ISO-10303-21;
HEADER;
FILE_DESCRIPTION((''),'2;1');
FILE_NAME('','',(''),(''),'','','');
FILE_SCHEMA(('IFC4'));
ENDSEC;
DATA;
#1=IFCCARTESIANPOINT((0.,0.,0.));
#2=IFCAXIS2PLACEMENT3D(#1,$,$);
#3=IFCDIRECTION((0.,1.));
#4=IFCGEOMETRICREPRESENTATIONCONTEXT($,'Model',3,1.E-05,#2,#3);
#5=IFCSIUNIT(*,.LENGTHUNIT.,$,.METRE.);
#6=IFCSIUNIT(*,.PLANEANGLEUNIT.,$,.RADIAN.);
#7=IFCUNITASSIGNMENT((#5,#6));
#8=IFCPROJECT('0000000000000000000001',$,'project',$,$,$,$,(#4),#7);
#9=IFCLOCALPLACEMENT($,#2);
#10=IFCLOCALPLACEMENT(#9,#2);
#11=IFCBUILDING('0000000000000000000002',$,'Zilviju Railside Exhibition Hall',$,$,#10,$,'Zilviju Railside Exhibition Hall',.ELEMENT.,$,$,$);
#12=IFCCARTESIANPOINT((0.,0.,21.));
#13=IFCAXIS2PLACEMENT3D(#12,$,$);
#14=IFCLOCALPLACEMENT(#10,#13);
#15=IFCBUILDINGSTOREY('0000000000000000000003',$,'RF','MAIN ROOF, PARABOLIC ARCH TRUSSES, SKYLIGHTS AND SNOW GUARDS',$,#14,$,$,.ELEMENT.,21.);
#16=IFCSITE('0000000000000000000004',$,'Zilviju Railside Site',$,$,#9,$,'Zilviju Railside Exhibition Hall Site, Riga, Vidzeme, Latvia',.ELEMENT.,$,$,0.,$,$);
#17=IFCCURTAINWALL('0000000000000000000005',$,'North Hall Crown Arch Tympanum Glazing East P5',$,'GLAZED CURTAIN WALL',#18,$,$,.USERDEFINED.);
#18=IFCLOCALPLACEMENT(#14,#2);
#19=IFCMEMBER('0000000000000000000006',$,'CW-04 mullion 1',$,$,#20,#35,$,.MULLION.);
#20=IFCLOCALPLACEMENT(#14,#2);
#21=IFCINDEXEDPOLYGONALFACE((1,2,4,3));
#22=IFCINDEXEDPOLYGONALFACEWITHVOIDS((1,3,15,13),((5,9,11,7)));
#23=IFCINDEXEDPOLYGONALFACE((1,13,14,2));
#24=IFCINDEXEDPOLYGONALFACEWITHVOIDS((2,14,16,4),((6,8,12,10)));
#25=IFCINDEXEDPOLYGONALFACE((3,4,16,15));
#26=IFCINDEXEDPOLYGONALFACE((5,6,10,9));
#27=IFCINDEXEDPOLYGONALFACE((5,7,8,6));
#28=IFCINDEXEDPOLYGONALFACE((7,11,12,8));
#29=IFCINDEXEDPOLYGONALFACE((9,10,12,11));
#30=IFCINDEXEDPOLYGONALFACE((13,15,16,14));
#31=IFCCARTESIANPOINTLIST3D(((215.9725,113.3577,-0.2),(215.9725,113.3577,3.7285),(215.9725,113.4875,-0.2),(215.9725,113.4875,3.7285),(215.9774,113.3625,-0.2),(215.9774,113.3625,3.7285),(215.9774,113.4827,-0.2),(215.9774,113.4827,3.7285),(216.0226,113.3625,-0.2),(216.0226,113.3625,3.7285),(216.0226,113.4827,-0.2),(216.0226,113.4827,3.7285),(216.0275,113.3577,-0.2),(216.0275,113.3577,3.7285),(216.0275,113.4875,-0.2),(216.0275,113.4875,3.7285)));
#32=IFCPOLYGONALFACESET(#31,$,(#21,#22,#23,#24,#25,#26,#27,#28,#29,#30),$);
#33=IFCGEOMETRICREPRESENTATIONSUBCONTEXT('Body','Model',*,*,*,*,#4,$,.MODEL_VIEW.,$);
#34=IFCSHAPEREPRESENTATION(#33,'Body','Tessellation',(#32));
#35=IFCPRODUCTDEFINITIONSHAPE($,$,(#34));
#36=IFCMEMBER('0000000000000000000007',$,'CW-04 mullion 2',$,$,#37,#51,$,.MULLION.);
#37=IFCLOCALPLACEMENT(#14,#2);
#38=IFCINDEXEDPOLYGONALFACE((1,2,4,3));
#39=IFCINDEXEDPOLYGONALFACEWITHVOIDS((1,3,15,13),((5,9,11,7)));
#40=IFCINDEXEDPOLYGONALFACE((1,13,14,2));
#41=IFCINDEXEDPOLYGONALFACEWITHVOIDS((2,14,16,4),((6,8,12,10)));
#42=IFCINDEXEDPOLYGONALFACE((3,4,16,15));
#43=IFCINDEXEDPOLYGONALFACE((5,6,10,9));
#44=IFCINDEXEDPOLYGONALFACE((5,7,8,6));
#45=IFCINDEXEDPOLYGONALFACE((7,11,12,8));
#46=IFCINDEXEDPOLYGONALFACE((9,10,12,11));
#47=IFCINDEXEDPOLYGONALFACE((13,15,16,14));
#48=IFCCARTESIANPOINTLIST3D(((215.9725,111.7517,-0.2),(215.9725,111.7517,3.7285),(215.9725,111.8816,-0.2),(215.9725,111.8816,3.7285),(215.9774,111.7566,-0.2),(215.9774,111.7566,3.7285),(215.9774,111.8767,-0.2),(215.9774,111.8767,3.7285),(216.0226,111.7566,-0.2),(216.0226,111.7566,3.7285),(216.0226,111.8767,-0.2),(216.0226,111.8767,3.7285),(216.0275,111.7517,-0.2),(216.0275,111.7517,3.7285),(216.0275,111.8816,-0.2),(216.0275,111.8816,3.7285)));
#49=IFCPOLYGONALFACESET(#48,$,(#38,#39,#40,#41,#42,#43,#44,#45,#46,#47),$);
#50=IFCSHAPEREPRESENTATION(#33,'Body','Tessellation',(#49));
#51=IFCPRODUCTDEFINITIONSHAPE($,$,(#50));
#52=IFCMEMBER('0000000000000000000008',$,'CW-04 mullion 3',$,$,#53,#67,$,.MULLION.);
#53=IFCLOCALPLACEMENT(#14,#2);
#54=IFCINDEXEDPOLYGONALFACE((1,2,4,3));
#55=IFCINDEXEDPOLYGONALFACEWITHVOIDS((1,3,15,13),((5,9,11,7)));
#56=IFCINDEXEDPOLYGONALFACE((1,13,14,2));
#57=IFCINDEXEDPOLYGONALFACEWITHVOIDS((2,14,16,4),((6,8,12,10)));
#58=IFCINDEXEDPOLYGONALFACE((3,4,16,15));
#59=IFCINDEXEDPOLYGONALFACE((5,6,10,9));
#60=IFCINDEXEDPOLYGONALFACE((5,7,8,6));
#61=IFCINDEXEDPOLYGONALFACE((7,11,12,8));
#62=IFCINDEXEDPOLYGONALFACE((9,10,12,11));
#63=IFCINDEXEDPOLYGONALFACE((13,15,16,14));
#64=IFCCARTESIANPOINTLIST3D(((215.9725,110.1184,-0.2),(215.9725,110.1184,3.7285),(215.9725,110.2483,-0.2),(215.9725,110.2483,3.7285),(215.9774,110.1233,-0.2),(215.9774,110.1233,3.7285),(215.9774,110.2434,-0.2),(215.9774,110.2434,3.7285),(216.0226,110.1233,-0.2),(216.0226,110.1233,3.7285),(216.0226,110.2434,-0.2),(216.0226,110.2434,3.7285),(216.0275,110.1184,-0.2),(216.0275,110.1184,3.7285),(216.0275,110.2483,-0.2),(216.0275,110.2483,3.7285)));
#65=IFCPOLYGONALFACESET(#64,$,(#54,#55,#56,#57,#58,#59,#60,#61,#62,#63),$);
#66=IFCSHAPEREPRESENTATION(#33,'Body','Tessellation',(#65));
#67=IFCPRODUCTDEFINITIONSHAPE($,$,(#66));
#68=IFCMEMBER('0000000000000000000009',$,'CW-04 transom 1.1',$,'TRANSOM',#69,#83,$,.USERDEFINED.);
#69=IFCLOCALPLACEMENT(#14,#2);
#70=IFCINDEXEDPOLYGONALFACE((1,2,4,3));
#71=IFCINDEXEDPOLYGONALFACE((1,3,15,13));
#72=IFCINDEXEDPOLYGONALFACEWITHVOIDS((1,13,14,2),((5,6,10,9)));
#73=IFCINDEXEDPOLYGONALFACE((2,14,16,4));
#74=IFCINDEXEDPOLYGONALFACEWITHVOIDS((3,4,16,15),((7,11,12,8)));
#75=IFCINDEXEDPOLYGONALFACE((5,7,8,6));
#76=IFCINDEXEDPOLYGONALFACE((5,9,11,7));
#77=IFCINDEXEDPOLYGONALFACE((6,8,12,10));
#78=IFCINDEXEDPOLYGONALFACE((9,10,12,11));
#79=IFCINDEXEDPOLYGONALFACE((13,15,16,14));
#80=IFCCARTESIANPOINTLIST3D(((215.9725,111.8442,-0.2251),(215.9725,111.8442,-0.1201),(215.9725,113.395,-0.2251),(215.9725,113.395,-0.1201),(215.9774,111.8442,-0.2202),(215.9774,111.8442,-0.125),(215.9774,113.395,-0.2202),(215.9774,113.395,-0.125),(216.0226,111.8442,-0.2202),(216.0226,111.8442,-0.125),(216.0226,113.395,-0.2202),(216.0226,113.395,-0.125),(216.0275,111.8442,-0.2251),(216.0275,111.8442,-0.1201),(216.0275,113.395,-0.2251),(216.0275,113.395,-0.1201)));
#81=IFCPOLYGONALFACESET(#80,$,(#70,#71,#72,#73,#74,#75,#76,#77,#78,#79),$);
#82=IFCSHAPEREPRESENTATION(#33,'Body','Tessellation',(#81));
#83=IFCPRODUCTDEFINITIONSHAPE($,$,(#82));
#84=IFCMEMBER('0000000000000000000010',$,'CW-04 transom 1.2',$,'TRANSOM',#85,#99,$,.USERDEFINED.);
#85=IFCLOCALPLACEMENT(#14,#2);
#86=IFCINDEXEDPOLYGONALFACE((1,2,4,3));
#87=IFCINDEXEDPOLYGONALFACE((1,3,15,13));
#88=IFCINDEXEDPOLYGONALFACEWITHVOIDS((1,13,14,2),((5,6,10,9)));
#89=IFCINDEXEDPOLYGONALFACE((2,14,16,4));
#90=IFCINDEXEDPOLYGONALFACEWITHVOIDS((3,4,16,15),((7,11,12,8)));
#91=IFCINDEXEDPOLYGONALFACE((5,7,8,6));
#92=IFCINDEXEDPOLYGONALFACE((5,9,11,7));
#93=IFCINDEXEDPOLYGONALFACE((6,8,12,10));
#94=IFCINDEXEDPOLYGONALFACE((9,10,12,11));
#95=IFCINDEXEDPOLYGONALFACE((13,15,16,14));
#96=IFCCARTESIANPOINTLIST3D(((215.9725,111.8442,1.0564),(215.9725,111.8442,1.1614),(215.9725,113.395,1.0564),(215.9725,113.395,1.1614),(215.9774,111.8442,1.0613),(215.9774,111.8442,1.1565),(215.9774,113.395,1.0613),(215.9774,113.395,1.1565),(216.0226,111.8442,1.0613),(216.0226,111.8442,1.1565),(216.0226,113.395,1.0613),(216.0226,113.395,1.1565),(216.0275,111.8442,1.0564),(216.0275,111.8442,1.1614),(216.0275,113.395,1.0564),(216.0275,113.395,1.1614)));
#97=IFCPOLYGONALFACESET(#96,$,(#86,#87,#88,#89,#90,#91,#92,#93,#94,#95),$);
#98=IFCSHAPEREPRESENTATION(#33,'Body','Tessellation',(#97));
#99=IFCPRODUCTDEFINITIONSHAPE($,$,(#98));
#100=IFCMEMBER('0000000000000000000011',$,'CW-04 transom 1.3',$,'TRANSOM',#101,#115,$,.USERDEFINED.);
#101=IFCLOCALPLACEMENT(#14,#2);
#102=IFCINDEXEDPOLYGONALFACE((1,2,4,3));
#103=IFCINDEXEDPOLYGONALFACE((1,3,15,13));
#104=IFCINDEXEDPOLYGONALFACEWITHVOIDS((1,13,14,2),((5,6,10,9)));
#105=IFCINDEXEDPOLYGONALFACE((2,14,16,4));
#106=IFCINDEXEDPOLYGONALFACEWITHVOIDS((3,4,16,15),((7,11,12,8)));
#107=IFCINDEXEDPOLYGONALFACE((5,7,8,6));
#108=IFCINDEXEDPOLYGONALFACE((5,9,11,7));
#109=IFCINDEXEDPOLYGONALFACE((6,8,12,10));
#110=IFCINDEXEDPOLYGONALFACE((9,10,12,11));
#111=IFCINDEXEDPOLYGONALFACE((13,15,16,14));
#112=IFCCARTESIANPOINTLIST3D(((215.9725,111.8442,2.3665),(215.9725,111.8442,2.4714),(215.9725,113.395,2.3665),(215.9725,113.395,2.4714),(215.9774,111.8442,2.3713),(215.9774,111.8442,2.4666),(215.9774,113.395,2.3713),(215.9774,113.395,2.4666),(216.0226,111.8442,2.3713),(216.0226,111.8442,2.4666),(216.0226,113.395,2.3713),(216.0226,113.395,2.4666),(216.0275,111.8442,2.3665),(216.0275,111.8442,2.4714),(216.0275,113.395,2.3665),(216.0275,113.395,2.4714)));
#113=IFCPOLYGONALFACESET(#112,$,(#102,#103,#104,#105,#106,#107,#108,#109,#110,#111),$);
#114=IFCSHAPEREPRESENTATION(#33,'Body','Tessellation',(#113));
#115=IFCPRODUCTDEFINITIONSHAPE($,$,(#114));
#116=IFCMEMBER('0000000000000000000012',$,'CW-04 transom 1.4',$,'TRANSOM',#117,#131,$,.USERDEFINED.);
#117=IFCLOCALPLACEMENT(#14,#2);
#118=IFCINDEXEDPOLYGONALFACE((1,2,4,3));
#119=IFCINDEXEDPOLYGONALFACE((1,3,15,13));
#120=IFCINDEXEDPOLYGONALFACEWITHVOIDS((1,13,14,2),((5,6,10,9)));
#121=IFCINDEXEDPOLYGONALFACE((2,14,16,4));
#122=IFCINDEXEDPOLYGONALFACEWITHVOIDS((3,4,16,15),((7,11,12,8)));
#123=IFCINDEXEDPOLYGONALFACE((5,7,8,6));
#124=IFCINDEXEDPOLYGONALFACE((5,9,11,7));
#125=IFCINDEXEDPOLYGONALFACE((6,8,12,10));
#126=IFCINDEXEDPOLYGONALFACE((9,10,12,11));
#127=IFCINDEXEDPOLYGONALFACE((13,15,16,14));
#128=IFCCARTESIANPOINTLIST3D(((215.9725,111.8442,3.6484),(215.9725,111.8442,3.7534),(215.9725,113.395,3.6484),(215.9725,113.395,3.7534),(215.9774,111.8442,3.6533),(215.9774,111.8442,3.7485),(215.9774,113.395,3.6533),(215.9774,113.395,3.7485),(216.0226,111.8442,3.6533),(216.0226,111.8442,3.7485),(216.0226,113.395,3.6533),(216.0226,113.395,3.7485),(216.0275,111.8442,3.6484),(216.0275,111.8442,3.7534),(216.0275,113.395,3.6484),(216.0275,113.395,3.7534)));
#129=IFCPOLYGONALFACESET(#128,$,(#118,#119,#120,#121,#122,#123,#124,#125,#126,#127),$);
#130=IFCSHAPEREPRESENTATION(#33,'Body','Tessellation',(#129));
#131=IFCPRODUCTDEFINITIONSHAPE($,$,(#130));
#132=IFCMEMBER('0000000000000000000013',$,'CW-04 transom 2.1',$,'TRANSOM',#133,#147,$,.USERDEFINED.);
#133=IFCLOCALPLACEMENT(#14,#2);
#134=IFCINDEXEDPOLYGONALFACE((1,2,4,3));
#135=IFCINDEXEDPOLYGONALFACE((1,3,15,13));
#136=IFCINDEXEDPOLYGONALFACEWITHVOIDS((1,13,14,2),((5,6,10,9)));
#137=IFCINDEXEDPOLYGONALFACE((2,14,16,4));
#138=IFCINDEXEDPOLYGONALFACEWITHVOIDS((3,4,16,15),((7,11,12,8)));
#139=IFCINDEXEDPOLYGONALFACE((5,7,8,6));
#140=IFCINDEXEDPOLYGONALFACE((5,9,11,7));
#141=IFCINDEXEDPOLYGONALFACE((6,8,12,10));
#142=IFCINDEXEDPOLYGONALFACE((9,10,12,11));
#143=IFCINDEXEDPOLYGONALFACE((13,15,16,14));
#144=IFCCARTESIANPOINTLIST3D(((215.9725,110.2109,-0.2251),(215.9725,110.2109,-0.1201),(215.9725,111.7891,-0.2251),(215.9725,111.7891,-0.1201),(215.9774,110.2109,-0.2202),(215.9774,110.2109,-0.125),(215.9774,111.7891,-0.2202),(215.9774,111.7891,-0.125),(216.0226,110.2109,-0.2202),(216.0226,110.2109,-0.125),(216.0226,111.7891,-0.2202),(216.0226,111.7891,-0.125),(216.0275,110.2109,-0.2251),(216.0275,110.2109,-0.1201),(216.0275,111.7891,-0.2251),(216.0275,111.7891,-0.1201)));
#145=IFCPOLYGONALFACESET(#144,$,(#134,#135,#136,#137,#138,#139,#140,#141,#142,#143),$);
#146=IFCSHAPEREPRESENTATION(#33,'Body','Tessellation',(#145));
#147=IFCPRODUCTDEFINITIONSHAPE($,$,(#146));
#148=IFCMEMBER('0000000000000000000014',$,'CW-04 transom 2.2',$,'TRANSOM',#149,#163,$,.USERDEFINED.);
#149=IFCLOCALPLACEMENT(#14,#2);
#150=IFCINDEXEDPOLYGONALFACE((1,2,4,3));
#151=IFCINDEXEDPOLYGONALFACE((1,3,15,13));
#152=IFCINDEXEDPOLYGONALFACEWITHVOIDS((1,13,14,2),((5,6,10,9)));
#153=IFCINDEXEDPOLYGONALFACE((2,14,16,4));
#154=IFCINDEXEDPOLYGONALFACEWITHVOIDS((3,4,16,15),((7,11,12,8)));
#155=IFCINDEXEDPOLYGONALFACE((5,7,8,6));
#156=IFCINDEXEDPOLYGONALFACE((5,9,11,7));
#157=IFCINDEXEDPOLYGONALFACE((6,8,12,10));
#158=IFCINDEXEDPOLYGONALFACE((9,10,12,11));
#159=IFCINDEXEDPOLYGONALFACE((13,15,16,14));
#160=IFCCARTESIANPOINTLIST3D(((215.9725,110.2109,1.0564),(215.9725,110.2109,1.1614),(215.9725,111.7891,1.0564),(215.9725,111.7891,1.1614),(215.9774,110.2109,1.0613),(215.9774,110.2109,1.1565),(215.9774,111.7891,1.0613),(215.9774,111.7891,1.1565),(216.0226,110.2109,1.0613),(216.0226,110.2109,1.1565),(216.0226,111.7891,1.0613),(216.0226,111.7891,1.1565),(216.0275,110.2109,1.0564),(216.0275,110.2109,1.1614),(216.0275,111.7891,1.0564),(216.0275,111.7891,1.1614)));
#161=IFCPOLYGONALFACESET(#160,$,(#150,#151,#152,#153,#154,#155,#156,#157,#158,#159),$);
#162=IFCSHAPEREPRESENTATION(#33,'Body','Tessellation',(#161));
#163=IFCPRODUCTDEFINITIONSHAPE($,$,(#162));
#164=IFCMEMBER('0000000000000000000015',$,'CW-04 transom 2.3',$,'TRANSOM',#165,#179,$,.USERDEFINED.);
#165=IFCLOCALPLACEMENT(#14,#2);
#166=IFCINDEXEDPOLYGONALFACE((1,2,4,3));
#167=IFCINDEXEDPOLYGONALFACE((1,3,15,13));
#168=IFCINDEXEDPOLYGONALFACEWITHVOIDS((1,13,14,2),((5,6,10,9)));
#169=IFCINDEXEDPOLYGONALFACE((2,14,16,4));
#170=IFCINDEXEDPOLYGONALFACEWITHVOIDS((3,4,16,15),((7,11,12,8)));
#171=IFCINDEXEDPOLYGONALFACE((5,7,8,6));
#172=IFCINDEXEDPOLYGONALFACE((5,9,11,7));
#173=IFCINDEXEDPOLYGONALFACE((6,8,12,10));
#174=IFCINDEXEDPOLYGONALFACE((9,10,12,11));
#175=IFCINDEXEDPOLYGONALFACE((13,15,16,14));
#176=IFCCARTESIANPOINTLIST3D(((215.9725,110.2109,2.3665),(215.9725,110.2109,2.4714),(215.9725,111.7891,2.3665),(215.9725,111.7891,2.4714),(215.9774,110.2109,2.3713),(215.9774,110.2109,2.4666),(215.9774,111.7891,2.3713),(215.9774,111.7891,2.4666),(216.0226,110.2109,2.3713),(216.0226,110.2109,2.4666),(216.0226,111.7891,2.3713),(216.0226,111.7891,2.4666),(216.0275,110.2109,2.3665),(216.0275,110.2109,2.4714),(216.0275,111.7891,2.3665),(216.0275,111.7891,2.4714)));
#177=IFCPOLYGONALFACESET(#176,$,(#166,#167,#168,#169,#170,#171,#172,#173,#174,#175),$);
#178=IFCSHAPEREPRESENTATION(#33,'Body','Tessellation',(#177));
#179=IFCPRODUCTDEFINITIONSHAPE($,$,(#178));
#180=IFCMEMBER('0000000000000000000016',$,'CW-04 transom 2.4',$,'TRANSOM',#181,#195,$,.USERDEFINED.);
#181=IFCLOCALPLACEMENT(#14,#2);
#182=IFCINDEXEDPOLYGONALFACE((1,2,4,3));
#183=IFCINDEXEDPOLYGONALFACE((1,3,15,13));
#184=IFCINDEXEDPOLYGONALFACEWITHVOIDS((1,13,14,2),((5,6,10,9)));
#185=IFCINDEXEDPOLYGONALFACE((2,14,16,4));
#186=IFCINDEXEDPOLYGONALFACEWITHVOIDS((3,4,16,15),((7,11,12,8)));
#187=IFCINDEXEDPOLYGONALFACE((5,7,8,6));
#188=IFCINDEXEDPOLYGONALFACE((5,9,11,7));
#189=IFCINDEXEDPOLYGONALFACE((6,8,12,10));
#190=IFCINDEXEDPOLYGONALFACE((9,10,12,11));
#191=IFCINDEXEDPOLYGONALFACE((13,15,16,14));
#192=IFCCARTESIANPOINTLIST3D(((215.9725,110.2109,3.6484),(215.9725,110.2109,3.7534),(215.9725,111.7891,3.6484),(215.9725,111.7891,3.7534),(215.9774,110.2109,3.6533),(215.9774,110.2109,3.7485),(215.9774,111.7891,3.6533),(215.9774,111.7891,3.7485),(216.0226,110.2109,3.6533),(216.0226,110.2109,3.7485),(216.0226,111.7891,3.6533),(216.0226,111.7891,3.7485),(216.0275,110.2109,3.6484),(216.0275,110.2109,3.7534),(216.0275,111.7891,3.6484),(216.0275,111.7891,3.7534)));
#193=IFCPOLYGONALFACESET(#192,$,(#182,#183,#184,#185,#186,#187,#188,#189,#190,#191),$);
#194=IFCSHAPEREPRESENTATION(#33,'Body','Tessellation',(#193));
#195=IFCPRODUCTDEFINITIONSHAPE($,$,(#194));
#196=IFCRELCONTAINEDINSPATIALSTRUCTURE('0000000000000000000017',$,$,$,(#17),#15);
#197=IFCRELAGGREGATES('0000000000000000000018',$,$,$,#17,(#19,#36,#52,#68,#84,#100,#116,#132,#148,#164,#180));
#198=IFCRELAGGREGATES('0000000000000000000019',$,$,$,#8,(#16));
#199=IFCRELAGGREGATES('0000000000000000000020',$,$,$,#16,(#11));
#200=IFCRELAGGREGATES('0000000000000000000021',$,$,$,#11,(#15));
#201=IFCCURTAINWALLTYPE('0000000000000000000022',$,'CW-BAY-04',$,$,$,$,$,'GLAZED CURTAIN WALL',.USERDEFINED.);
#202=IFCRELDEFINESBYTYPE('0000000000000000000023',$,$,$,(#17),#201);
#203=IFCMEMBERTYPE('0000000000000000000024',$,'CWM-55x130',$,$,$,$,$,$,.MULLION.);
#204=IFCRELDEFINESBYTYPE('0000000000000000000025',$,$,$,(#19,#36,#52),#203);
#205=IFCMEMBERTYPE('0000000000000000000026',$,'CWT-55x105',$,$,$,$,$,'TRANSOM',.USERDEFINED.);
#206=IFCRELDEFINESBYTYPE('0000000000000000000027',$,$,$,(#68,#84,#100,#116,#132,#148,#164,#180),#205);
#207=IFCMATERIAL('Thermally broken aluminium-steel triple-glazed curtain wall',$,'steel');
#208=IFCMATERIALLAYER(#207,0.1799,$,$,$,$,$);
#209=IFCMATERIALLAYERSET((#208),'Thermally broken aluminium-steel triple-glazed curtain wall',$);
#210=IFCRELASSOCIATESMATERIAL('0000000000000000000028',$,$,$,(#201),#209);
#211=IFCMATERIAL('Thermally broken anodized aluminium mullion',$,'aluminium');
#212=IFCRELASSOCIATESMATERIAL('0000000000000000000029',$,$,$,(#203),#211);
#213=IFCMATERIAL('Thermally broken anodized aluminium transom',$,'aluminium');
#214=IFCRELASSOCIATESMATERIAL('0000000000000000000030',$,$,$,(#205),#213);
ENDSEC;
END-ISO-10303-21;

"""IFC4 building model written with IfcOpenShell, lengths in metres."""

from ifc_helpers import new_model, si_unit, direction, frame, origin, origin_2d, place, context, subcontext, project, spatial, hollow_rectangle, extrude, material, layer, layer_set, material_profile, profile_set, type_object, element, aggregate, save


model = new_model("IFC4")

# Units and contexts
model_context = context("Model", 3, precision=1e-05, world=origin(), true_north=direction((0.0, 1.0)))
body_context = subcontext(model_context, "Body", "Model", "MODEL_VIEW")
ifc_project = project(units=[si_unit("LENGTHUNIT", "METRE"), si_unit("PLANEANGLEUNIT", "RADIAN")], contexts=[model_context])

# Site, building, storey
site_placement = place(None, origin())
site = spatial("IfcSite", under=ifc_project, at=site_placement, Name="Zilviju Railside Site", LongName="Zilviju Railside Exhibition Hall Site, Riga, Vidzeme, Latvia", CompositionType="ELEMENT", RefElevation=0.0)
building_placement = place(site_placement, origin())
building = spatial("IfcBuilding", under=site, at=building_placement, Name="Zilviju Railside Exhibition Hall", LongName="Zilviju Railside Exhibition Hall", CompositionType="ELEMENT")
storey_placement = place(building_placement, frame((0.0, 0.0, 21.0)))
storey = spatial("IfcBuildingStorey", under=building, at=storey_placement, Name="RF", Description="MAIN ROOF, PARABOLIC ARCH TRUSSES, SKYLIGHTS AND SNOW GUARDS", CompositionType="ELEMENT", Elevation=21.0)

# Curtain wall, members
ifc_material_1 = material(Name="Thermally broken aluminium-steel triple-glazed curtain wall", Category="steel")
ifc_layer_1 = layer(ifc_material_1, 0.1799)
ifc_layer_set_1 = layer_set([ifc_layer_1], Name="Thermally broken aluminium-steel triple-glazed curtain wall")
curtain_wall_type = type_object("IfcCurtainWallType", Name="CW-BAY-04", ElementType="GLAZED CURTAIN WALL", PredefinedType="USERDEFINED", material=ifc_layer_set_1)
curtain_wall_placement = place(storey_placement, origin())
curtain_wall = element("IfcCurtainWall", 1, at=curtain_wall_placement, inside=storey, type_object=curtain_wall_type, Name="North Hall Crown Arch Tympanum Glazing East P5", ObjectType="GLAZED CURTAIN WALL", PredefinedType="USERDEFINED")
ifc_material_2 = material(Name="Thermally broken anodized aluminium mullion", Category="aluminium")
ifc_material_profile_1 = material_profile(ifc_material_2, hollow_rectangle(XDim=0.0549, YDim=0.1299, WallThickness=0.0049, at=origin_2d()), Name="MULLION 130x55x5")
ifc_profile_set_1 = profile_set([ifc_material_profile_1], Name="Thermally broken anodized aluminium mullion")
member_type_1 = type_object("IfcMemberType", Name="CWM-55x130", PredefinedType="MULLION", material=ifc_profile_set_1)
member_1_placement = place(storey_placement, frame((216.0, 113.4226, -0.2), z_axis=(0.0, 0.0, 1.0), x_axis=(1.0, 0.0, 0.0)))
member_1 = element("IfcMember", 2, at=member_1_placement, type_object=member_type_1, Name="CW-04 mullion 1", PredefinedType="MULLION", context=body_context, shape_type="SweptSolid", body=[
    extrude(hollow_rectangle(XDim=0.0549, YDim=0.1299, WallThickness=0.0049, at=origin_2d()), origin(), (0.0, 0.0, 1.0), 3.9285),
])
member_2_placement = place(storey_placement, frame((216.0, 111.8167, -0.2), z_axis=(0.0, 0.0, 1.0), x_axis=(1.0, 0.0, 0.0)))
member_2 = element("IfcMember", 3, at=member_2_placement, type_object=member_type_1, Name="CW-04 mullion 2", PredefinedType="MULLION", context=body_context, shape_type="SweptSolid", body=[
    extrude(hollow_rectangle(XDim=0.0549, YDim=0.1299, WallThickness=0.0049, at=origin_2d()), origin(), (0.0, 0.0, 1.0), 3.9285),
])
member_3_placement = place(storey_placement, frame((216.0, 110.1833, -0.2), z_axis=(0.0, 0.0, 1.0), x_axis=(1.0, 0.0, 0.0)))
member_3 = element("IfcMember", 4, at=member_3_placement, type_object=member_type_1, Name="CW-04 mullion 3", PredefinedType="MULLION", context=body_context, shape_type="SweptSolid", body=[
    extrude(hollow_rectangle(XDim=0.0549, YDim=0.1299, WallThickness=0.0049, at=origin_2d()), origin(), (0.0, 0.0, 1.0), 3.9285),
])
ifc_material_3 = material(Name="Thermally broken anodized aluminium transom", Category="aluminium")
ifc_material_profile_2 = material_profile(ifc_material_3, hollow_rectangle(XDim=0.0549, YDim=0.105, WallThickness=0.0049, at=origin_2d()), Name="TRANSOM 105x55x5")
ifc_profile_set_2 = profile_set([ifc_material_profile_2], Name="Thermally broken anodized aluminium transom")
member_type_2 = type_object("IfcMemberType", Name="CWT-55x105", ElementType="TRANSOM", PredefinedType="USERDEFINED", material=ifc_profile_set_2)
member_4_placement = place(storey_placement, frame((216.0, 113.395, -0.1726), z_axis=(0.0, -1.0, 0.0), x_axis=(1.0, 0.0, 0.0)))
member_4 = element("IfcMember", 5, at=member_4_placement, type_object=member_type_2, Name="CW-04 transom 1.1", ObjectType="TRANSOM", PredefinedType="USERDEFINED", context=body_context, shape_type="SweptSolid", body=[
    extrude(hollow_rectangle(XDim=0.0549, YDim=0.105, WallThickness=0.0049, at=origin_2d()), origin(), (0.0, 0.0, 1.0), 1.5508),
])
member_5_placement = place(storey_placement, frame((216.0, 113.395, 1.1089), z_axis=(0.0, -1.0, 0.0), x_axis=(1.0, 0.0, 0.0)))
member_5 = element("IfcMember", 6, at=member_5_placement, type_object=member_type_2, Name="CW-04 transom 1.2", ObjectType="TRANSOM", PredefinedType="USERDEFINED", context=body_context, shape_type="SweptSolid", body=[
    extrude(hollow_rectangle(XDim=0.0549, YDim=0.105, WallThickness=0.0049, at=origin_2d()), origin(), (0.0, 0.0, 1.0), 1.5508),
])
member_6_placement = place(storey_placement, frame((216.0, 113.395, 2.4189), z_axis=(0.0, -1.0, 0.0), x_axis=(1.0, 0.0, 0.0)))
member_6 = element("IfcMember", 7, at=member_6_placement, type_object=member_type_2, Name="CW-04 transom 1.3", ObjectType="TRANSOM", PredefinedType="USERDEFINED", context=body_context, shape_type="SweptSolid", body=[
    extrude(hollow_rectangle(XDim=0.0549, YDim=0.105, WallThickness=0.0049, at=origin_2d()), origin(), (0.0, 0.0, 1.0), 1.5508),
])
member_7_placement = place(storey_placement, frame((216.0, 113.395, 3.7009), z_axis=(0.0, -1.0, 0.0), x_axis=(1.0, 0.0, 0.0)))
member_7 = element("IfcMember", 8, at=member_7_placement, type_object=member_type_2, Name="CW-04 transom 1.4", ObjectType="TRANSOM", PredefinedType="USERDEFINED", context=body_context, shape_type="SweptSolid", body=[
    extrude(hollow_rectangle(XDim=0.0549, YDim=0.105, WallThickness=0.0049, at=origin_2d()), origin(), (0.0, 0.0, 1.0), 1.5508),
])
member_8_placement = place(storey_placement, frame((216.0, 111.7891, -0.1726), z_axis=(0.0, -1.0, 0.0), x_axis=(1.0, 0.0, 0.0)))
member_8 = element("IfcMember", 9, at=member_8_placement, type_object=member_type_2, Name="CW-04 transom 2.1", ObjectType="TRANSOM", PredefinedType="USERDEFINED", context=body_context, shape_type="SweptSolid", body=[
    extrude(hollow_rectangle(XDim=0.0549, YDim=0.105, WallThickness=0.0049, at=origin_2d()), origin(), (0.0, 0.0, 1.0), 1.5781),
])
member_9_placement = place(storey_placement, frame((216.0, 111.7891, 1.1089), z_axis=(0.0, -1.0, 0.0), x_axis=(1.0, 0.0, 0.0)))
member_9 = element("IfcMember", 10, at=member_9_placement, type_object=member_type_2, Name="CW-04 transom 2.2", ObjectType="TRANSOM", PredefinedType="USERDEFINED", context=body_context, shape_type="SweptSolid", body=[
    extrude(hollow_rectangle(XDim=0.0549, YDim=0.105, WallThickness=0.0049, at=origin_2d()), origin(), (0.0, 0.0, 1.0), 1.5781),
])
member_10_placement = place(storey_placement, frame((216.0, 111.7891, 2.4189), z_axis=(0.0, -1.0, 0.0), x_axis=(1.0, 0.0, 0.0)))
member_10 = element("IfcMember", 11, at=member_10_placement, type_object=member_type_2, Name="CW-04 transom 2.3", ObjectType="TRANSOM", PredefinedType="USERDEFINED", context=body_context, shape_type="SweptSolid", body=[
    extrude(hollow_rectangle(XDim=0.0549, YDim=0.105, WallThickness=0.0049, at=origin_2d()), origin(), (0.0, 0.0, 1.0), 1.5781),
])
member_11_placement = place(storey_placement, frame((216.0, 111.7891, 3.7009), z_axis=(0.0, -1.0, 0.0), x_axis=(1.0, 0.0, 0.0)))
member_11 = element("IfcMember", 12, at=member_11_placement, type_object=member_type_2, Name="CW-04 transom 2.4", ObjectType="TRANSOM", PredefinedType="USERDEFINED", context=body_context, shape_type="SweptSolid", body=[
    extrude(hollow_rectangle(XDim=0.0549, YDim=0.105, WallThickness=0.0049, at=origin_2d()), origin(), (0.0, 0.0, 1.0), 1.5781),
])

aggregate(curtain_wall, [member_1, member_2, member_3, member_4, member_5, member_6, member_7, member_8, member_9, member_10, member_11])

save(model, "model.ifc")
